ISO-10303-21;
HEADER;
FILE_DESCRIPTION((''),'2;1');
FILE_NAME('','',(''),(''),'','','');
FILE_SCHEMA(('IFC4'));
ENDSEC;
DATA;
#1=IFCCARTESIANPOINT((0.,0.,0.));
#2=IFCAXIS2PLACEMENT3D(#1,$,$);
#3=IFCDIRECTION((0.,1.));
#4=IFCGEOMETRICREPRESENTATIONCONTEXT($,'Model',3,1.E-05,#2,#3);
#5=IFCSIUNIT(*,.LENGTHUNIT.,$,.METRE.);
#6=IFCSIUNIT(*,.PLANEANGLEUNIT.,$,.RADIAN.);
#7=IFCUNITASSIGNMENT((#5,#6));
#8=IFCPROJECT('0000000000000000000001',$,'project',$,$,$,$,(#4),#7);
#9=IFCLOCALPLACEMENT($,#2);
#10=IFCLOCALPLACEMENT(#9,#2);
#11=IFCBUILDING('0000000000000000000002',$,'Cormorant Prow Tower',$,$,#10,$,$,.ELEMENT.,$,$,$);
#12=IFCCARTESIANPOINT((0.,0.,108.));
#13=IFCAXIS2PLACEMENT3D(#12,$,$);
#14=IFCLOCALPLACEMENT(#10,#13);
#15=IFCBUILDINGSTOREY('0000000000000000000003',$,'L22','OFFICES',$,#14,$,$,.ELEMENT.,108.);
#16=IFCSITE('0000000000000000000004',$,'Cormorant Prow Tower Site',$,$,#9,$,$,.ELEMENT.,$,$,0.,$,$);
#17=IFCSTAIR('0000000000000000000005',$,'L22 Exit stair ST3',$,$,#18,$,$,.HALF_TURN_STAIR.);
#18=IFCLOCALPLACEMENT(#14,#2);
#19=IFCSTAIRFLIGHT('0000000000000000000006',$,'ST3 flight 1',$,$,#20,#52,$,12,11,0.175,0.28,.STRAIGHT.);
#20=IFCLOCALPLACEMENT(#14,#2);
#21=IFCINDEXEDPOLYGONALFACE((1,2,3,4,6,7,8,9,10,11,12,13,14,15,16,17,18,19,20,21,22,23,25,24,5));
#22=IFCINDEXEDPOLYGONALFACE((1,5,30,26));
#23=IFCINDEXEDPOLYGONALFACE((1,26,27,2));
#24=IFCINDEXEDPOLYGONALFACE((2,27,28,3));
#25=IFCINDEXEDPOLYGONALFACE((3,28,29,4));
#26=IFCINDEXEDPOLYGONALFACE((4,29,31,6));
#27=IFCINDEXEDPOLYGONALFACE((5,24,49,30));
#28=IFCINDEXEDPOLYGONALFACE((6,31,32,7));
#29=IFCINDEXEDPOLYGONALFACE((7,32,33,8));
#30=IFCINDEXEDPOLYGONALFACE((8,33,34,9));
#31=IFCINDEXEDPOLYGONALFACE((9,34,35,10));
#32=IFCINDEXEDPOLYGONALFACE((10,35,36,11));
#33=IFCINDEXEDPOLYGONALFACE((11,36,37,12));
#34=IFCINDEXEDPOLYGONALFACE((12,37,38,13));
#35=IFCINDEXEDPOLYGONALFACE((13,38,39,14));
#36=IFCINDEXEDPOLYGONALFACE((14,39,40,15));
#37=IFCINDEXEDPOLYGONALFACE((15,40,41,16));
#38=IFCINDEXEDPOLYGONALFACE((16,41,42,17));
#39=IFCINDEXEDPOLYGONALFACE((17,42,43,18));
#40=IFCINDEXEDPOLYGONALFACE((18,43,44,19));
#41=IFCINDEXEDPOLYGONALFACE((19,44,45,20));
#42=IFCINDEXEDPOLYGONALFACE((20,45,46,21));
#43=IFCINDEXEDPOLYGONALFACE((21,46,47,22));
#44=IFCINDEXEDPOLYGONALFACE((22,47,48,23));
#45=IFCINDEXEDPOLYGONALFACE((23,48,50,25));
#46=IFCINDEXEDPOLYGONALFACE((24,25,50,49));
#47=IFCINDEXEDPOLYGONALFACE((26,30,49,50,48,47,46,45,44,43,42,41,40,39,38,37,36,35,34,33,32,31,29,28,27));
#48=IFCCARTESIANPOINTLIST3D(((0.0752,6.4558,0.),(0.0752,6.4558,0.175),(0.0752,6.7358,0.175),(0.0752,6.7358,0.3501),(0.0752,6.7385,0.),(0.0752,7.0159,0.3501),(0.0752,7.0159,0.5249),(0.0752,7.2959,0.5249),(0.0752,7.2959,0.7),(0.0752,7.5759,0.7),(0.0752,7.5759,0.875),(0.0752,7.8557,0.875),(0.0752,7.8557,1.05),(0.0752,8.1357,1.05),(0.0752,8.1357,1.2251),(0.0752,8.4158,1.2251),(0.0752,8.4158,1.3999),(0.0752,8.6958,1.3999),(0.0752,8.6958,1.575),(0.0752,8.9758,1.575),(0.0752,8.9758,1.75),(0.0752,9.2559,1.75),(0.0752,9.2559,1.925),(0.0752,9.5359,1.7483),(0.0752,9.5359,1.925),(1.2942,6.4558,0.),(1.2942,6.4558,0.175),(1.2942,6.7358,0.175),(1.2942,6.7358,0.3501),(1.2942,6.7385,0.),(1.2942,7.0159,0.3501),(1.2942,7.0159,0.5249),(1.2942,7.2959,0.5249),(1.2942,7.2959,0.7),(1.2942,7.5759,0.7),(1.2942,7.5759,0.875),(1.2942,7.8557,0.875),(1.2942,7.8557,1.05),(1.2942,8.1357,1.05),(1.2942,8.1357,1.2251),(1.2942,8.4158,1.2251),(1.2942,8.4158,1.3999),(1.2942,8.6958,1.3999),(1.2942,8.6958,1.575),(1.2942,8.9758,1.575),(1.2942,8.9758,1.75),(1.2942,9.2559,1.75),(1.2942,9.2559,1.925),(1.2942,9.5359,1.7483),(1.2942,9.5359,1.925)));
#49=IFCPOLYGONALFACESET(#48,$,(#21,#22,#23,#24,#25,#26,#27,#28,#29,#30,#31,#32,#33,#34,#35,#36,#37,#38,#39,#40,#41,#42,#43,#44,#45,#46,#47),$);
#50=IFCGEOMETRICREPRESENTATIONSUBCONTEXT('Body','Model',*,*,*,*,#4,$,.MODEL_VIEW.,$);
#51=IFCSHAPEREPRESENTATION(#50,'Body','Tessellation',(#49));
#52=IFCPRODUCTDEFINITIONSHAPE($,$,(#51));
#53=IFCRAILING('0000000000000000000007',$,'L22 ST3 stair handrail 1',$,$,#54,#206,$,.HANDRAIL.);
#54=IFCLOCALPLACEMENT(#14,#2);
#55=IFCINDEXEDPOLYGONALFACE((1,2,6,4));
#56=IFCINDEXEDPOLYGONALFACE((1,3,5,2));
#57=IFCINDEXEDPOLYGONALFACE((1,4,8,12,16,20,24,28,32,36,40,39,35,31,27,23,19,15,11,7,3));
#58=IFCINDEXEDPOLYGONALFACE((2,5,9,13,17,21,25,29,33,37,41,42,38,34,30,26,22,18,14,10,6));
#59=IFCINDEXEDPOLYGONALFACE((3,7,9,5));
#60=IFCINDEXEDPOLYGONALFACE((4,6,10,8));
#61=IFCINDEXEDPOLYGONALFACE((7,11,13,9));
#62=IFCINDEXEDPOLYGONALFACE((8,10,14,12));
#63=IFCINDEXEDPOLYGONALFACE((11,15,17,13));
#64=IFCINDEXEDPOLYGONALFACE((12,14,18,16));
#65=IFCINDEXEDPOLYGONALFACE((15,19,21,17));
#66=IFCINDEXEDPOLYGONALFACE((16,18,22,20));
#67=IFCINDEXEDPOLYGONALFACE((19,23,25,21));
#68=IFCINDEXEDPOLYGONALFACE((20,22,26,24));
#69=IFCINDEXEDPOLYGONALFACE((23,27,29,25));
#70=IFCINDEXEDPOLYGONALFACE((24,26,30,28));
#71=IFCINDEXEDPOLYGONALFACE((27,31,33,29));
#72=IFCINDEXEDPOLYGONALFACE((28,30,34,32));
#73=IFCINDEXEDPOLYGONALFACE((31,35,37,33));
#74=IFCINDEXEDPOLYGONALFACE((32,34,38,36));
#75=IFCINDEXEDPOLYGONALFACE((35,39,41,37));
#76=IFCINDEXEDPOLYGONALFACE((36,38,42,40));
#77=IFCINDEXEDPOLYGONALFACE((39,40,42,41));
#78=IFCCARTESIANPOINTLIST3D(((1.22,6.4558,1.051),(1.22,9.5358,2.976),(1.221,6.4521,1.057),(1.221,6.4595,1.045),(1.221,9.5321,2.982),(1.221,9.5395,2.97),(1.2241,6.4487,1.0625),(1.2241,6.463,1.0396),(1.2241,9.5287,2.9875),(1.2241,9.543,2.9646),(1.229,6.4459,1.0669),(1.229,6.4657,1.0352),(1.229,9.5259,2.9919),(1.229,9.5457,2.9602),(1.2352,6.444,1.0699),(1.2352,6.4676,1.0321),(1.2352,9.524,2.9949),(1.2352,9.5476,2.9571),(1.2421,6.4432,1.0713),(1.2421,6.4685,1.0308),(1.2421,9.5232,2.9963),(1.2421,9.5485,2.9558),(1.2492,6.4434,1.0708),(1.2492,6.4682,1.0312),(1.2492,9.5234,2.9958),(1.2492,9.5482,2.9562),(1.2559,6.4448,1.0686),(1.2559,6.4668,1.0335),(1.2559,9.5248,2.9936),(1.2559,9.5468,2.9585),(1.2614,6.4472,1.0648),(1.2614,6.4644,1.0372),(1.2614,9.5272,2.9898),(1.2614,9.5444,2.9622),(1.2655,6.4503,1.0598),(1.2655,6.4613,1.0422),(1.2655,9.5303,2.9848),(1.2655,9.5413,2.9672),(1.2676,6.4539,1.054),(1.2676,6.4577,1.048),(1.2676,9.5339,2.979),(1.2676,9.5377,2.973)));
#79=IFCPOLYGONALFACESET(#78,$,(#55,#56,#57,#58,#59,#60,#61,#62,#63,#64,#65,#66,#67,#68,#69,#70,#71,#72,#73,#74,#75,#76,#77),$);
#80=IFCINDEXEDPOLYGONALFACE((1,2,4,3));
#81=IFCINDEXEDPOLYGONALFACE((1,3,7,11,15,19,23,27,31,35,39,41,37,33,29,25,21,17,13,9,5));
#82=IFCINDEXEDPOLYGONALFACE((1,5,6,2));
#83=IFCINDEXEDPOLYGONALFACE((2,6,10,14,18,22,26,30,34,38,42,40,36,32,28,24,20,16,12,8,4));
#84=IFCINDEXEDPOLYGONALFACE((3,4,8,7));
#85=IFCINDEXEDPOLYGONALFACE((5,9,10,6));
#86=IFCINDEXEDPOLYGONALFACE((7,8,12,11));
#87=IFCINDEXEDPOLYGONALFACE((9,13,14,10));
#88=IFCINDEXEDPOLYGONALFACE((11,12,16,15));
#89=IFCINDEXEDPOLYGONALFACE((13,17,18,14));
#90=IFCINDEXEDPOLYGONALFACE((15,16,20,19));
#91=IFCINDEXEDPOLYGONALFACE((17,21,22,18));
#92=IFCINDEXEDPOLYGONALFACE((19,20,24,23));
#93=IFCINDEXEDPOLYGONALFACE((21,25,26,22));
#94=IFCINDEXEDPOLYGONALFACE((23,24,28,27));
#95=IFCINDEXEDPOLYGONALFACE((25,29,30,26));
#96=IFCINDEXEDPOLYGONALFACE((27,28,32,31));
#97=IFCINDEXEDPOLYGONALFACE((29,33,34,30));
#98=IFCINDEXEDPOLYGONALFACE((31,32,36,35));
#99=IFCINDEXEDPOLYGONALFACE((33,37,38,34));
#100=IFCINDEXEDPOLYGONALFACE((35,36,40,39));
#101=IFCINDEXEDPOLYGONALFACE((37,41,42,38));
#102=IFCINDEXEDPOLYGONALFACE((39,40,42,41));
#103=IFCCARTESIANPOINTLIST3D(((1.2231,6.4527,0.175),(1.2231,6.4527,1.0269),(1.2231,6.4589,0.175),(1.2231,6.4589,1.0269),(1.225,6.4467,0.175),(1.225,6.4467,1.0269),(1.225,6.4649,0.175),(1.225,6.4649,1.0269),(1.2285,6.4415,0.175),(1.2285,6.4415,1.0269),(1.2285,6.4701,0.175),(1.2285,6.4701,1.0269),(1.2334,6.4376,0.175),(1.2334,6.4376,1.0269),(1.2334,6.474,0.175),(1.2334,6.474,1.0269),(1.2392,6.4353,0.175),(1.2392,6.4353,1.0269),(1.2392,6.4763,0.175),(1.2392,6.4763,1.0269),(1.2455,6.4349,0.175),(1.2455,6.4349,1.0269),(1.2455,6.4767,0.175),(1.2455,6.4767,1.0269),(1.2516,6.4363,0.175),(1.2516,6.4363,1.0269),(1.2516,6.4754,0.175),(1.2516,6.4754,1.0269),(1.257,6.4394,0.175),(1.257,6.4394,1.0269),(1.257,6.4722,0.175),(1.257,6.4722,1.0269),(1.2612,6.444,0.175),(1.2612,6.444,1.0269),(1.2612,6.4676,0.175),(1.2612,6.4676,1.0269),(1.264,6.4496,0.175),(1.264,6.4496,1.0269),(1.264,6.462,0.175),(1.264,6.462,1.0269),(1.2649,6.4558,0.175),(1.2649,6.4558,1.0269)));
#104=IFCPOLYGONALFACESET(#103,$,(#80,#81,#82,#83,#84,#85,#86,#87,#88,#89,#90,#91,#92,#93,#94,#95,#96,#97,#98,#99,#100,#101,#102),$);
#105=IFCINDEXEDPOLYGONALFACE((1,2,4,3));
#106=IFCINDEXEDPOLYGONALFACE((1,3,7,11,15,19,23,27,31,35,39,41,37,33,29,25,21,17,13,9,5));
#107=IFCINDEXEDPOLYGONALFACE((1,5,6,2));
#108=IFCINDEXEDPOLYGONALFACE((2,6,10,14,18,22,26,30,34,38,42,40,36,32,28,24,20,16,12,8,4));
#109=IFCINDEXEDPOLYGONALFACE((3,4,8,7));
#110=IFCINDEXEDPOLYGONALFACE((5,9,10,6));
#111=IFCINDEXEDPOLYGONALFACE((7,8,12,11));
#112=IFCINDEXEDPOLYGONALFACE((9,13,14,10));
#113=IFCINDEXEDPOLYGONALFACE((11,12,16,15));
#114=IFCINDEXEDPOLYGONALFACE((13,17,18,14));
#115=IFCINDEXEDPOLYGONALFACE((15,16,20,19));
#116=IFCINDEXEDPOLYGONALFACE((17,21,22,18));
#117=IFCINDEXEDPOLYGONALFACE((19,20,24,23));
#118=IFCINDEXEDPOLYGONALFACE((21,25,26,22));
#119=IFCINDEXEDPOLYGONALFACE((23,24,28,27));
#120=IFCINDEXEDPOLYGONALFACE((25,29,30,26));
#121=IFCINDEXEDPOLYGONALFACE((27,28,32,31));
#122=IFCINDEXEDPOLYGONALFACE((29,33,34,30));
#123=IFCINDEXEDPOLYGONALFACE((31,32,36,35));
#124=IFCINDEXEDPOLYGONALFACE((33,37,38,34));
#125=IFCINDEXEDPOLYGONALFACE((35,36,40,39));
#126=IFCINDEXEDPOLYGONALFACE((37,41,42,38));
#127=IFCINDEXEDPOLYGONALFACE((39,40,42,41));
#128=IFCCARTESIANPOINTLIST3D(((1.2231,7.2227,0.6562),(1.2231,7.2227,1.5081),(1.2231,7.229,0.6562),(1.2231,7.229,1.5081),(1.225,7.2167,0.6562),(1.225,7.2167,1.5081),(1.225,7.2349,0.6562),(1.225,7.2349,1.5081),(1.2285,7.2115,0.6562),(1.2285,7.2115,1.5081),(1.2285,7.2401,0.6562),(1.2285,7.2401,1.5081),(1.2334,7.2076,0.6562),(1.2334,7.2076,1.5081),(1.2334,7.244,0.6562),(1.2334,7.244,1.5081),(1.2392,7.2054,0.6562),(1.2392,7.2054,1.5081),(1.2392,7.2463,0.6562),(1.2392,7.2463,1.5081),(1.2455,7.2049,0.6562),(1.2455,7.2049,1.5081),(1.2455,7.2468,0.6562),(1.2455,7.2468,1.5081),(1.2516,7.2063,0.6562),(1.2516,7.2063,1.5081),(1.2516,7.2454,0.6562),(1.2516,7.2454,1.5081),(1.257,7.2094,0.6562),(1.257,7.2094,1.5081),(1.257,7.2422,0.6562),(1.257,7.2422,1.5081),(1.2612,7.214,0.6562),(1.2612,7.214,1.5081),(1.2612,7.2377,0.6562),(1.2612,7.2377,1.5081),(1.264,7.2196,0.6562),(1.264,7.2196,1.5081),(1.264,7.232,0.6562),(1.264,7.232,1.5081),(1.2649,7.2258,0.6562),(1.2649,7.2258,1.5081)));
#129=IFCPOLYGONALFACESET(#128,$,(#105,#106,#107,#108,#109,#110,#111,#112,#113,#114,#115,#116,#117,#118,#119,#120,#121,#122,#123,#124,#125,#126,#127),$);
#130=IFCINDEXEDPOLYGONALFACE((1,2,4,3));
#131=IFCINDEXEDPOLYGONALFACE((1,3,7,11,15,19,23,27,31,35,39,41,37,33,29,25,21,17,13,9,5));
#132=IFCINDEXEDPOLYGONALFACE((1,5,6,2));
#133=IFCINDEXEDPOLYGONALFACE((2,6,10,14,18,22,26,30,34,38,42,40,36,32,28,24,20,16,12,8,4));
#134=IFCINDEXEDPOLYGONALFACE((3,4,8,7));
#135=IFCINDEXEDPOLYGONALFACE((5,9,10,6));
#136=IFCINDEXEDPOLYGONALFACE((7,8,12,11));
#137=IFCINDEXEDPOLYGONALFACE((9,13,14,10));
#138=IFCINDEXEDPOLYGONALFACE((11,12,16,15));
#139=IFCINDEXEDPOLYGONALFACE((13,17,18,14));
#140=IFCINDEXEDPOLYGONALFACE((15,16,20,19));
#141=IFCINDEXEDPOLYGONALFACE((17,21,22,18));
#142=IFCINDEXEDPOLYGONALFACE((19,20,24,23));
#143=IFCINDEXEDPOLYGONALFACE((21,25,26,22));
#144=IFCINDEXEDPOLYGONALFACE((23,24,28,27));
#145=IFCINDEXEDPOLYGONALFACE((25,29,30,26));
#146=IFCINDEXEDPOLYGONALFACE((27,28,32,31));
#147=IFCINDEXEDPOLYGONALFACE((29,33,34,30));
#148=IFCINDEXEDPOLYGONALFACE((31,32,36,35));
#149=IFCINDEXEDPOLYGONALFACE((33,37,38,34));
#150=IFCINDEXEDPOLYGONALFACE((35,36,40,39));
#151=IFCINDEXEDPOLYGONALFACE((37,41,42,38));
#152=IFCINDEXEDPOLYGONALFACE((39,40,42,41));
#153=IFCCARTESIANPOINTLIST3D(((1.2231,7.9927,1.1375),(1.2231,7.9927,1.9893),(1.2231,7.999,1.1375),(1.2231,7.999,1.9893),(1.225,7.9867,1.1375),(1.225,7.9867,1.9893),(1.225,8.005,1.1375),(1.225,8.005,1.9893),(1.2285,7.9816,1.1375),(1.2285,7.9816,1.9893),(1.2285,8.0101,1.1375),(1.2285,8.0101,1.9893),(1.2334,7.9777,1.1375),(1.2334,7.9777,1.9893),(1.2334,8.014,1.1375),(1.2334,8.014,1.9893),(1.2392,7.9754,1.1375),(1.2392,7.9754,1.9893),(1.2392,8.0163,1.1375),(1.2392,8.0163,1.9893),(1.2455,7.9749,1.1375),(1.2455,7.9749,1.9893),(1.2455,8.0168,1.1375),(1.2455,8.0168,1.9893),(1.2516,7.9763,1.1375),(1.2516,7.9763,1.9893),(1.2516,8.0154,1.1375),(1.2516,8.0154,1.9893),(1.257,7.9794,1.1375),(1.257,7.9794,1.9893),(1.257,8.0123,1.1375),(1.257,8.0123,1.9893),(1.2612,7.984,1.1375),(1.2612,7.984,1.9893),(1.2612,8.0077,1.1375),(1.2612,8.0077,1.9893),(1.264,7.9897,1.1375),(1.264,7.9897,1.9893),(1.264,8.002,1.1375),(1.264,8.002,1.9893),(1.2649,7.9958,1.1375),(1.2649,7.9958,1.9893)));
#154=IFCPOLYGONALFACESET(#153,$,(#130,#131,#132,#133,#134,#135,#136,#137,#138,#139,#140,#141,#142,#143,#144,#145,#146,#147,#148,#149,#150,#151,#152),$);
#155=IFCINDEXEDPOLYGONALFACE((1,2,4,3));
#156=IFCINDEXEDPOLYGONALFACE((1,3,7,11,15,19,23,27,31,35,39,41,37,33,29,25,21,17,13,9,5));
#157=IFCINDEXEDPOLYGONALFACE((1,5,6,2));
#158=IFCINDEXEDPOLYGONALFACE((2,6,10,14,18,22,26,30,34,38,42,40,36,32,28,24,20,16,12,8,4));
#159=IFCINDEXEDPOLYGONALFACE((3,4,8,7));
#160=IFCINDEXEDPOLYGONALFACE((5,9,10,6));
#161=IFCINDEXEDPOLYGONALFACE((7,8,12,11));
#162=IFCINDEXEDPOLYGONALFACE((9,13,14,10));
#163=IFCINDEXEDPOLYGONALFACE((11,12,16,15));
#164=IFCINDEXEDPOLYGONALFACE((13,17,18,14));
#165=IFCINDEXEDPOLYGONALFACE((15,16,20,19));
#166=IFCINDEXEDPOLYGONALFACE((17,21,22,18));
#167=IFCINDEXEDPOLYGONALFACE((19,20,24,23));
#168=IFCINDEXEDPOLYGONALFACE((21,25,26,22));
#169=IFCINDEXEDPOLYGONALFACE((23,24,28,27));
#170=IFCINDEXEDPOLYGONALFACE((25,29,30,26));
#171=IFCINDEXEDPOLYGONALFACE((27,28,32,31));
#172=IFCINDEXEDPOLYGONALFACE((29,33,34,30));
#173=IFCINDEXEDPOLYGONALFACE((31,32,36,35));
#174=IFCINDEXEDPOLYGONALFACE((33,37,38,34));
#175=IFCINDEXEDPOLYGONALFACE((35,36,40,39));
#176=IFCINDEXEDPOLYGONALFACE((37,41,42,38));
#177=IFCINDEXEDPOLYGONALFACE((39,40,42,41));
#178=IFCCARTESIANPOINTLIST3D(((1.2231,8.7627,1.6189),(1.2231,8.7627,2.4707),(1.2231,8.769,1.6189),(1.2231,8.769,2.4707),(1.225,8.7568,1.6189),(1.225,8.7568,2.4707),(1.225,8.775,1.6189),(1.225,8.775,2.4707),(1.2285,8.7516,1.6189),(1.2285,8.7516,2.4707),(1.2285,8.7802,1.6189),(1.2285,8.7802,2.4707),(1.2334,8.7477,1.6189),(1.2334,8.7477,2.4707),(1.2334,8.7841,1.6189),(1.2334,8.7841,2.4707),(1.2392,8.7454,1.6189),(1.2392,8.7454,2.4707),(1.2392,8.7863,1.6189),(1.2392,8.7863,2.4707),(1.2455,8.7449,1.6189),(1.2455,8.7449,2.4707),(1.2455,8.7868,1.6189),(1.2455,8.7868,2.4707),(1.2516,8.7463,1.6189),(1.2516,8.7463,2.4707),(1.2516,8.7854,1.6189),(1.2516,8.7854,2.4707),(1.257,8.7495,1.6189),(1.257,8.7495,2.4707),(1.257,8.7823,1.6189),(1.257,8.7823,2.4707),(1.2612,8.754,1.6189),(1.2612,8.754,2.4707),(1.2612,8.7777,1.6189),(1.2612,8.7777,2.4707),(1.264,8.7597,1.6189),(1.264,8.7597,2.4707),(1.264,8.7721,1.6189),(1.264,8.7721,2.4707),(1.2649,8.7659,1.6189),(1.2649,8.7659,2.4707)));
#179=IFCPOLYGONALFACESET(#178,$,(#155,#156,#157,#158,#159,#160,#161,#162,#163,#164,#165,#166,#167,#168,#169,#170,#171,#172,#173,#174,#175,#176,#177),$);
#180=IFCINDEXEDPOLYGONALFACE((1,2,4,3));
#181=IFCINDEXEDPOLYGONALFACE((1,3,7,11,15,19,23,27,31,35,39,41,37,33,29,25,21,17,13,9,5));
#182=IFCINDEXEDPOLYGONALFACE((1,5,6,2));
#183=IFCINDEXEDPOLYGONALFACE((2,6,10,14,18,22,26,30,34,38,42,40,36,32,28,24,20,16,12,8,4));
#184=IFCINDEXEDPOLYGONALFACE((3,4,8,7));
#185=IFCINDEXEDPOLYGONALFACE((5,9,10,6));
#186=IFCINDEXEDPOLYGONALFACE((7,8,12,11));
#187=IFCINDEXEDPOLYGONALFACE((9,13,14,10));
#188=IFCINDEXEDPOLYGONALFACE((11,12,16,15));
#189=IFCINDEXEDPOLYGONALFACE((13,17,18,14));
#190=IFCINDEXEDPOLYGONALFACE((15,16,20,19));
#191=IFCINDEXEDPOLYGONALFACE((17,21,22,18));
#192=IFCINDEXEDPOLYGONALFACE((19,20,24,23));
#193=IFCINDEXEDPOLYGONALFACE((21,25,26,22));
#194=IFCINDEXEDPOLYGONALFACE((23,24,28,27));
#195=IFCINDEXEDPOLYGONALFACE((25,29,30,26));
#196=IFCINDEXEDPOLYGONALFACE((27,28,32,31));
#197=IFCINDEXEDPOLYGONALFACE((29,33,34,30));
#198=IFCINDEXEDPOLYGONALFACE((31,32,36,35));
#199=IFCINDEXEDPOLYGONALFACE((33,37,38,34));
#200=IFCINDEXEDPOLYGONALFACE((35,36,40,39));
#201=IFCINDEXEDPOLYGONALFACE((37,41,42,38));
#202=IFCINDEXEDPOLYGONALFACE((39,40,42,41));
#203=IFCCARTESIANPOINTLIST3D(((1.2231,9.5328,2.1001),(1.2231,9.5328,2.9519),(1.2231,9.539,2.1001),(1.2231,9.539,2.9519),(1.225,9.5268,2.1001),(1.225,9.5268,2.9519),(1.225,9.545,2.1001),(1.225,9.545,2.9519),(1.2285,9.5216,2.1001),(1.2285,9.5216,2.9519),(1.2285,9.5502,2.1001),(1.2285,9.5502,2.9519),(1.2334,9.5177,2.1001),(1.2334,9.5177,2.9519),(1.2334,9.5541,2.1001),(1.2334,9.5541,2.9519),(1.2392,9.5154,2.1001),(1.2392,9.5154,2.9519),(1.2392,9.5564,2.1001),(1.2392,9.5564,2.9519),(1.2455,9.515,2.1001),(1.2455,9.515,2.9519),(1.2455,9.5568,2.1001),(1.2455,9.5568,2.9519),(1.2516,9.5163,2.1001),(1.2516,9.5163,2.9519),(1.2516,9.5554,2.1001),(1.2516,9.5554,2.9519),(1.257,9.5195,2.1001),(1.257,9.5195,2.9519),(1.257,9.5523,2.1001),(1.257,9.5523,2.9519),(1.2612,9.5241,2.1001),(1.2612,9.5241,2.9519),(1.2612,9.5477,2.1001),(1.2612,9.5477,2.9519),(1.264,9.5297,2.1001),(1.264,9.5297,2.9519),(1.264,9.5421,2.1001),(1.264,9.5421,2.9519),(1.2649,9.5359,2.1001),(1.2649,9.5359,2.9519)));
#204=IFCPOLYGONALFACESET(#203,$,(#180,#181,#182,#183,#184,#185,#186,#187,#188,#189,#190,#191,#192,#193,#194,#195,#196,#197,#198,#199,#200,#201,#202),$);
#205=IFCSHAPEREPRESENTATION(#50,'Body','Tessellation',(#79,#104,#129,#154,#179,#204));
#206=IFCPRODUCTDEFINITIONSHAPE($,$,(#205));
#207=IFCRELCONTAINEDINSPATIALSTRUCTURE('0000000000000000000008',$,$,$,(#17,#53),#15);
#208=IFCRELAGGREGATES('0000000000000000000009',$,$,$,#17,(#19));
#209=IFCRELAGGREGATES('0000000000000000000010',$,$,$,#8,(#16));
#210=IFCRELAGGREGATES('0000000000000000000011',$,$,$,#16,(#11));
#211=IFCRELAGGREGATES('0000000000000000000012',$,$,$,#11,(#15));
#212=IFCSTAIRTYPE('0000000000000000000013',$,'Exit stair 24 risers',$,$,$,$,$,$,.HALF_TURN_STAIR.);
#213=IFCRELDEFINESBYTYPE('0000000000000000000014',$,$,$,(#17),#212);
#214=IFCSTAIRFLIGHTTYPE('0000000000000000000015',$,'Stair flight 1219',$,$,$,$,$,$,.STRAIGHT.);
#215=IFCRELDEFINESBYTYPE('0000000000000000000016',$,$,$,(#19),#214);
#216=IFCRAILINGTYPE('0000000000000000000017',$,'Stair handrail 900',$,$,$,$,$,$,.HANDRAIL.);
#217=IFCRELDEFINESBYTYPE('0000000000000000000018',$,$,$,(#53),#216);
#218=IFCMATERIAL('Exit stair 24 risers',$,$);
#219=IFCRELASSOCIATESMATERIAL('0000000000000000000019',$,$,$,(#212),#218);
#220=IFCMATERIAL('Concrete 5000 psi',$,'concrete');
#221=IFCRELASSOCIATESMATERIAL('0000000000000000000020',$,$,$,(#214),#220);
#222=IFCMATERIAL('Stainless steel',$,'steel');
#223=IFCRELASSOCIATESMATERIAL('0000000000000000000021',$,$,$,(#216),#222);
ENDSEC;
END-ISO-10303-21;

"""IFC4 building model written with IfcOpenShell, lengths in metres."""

from ifc_helpers import new_model, si_unit, direction, frame, origin, origin_2d, place, context, subcontext, project, spatial, polyline, circle, outline, extrude, material, type_object, element, aggregate, save


model = new_model("IFC4")

# Units and contexts
model_context = context("Model", 3, precision=1e-05, world=origin(), true_north=direction((0.0, 1.0)))
body_context = subcontext(model_context, "Body", "Model", "MODEL_VIEW")
ifc_project = project(units=[si_unit("LENGTHUNIT", "METRE"), si_unit("PLANEANGLEUNIT", "RADIAN")], contexts=[model_context])

# Site, building, storey
site_placement = place(None, origin())
site = spatial("IfcSite", under=ifc_project, at=site_placement, Name="Cormorant Prow Tower Site", CompositionType="ELEMENT", RefElevation=0.0)
building_placement = place(site_placement, origin())
building = spatial("IfcBuilding", under=site, at=building_placement, Name="Cormorant Prow Tower", CompositionType="ELEMENT")
storey_placement = place(building_placement, frame((0.0, 0.0, 108.0)))
storey = spatial("IfcBuildingStorey", under=building, at=storey_placement, Name="L22", Description="OFFICES", CompositionType="ELEMENT", Elevation=108.0)

# Stair, stair flight
ifc_material_1 = material(Name="Exit stair 24 risers")
stair_type = type_object("IfcStairType", Name="Exit stair 24 risers", PredefinedType="HALF_TURN_STAIR", material=ifc_material_1)
stair_placement = place(storey_placement, origin())
stair = element("IfcStair", 1, at=stair_placement, inside=storey, type_object=stair_type, Name="L22 Exit stair ST3", PredefinedType="HALF_TURN_STAIR")
ifc_material_2 = material(Name="Concrete 5000 psi", Category="concrete")
stair_flight_type = type_object("IfcStairFlightType", Name="Stair flight 1219", PredefinedType="STRAIGHT", material=ifc_material_2)
stair_flight_placement = place(storey_placement, frame((0.6846, 6.4558, 0.0), z_axis=(0.0, 0.0, 1.0), x_axis=(0.0, 1.0, 0.0)))
stair_flight = element("IfcStairFlight", 2, at=stair_flight_placement, type_object=stair_flight_type, Name="ST3 flight 1", NumberOfRisers=12, NumberOfTreads=11, PredefinedType="STRAIGHT", RiserHeight=0.175, TreadLength=0.28, context=body_context, shape_type="SweptSolid", body=[
    extrude(outline(polyline([(0.0, 0.0), (0.0, 0.175), (0.28, 0.175), (0.28, 0.3501), (0.5601, 0.3501), (0.5601, 0.5249), (0.8401, 0.5249), (0.8401, 0.7), (1.1201, 0.7), (1.1201, 0.875), (1.3999, 0.875), (1.3999, 1.05), (1.6799, 1.05), (1.6799, 1.2251), (1.96, 1.2251), (1.96, 1.3999), (2.24, 1.3999), (2.24, 1.575), (2.52, 1.575), (2.52, 1.75), (2.8, 1.75), (2.8, 1.925), (3.0801, 1.925), (3.0801, 2.1001), (3.0801, 1.7483), (0.2827, 0.0), (0.0, 0.0)])), frame((0.0, 0.6094, 0.0), z_axis=(0.0, -1.0, 0.0), x_axis=(1.0, 0.0, 0.0)), (0.0, 0.0, 1.0), 1.219),
])
aggregate(stair, [stair_flight])

# Railing
ifc_material_3 = material(Name="Stainless steel", Category="steel")
railing_type_1 = type_object("IfcRailingType", Name="Stair handrail 900", PredefinedType="HANDRAIL", material=ifc_material_3)
railing_1_placement = place(storey_placement, frame((1.2439, 6.4558, 0.175)))
element("IfcRailing", 3, at=railing_1_placement, inside=storey, type_object=railing_type_1, Name="L22 ST3 stair handrail 1", PredefinedType="HANDRAIL", context=body_context, shape_type="SweptSolid", body=[
    extrude(circle(Radius=0.0239, at=origin_2d()), frame((0.0, 0.0, 0.876), z_axis=(0.0, 0.847998, 0.529999), x_axis=(-1.0, 0.0, 0.0)), (0.0, 0.0, 1.0), 3.6321),
    extrude(circle(Radius=0.021, at=origin_2d()), origin(), (0.0, 0.0, 1.0), 0.8518),
    extrude(circle(Radius=0.021, at=origin_2d()), frame((0.0, 0.77, 0.4812)), (0.0, 0.0, 1.0), 0.8518),
    extrude(circle(Radius=0.021, at=origin_2d()), frame((0.0, 1.54, 0.9624)), (0.0, 0.0, 1.0), 0.8518),
    extrude(circle(Radius=0.021, at=origin_2d()), frame((0.0, 2.3101, 1.4438)), (0.0, 0.0, 1.0), 0.8518),
    extrude(circle(Radius=0.021, at=origin_2d()), frame((0.0, 3.0801, 1.925)), (0.0, 0.0, 1.0), 0.8518),
])

save(model, "model.ifc")
